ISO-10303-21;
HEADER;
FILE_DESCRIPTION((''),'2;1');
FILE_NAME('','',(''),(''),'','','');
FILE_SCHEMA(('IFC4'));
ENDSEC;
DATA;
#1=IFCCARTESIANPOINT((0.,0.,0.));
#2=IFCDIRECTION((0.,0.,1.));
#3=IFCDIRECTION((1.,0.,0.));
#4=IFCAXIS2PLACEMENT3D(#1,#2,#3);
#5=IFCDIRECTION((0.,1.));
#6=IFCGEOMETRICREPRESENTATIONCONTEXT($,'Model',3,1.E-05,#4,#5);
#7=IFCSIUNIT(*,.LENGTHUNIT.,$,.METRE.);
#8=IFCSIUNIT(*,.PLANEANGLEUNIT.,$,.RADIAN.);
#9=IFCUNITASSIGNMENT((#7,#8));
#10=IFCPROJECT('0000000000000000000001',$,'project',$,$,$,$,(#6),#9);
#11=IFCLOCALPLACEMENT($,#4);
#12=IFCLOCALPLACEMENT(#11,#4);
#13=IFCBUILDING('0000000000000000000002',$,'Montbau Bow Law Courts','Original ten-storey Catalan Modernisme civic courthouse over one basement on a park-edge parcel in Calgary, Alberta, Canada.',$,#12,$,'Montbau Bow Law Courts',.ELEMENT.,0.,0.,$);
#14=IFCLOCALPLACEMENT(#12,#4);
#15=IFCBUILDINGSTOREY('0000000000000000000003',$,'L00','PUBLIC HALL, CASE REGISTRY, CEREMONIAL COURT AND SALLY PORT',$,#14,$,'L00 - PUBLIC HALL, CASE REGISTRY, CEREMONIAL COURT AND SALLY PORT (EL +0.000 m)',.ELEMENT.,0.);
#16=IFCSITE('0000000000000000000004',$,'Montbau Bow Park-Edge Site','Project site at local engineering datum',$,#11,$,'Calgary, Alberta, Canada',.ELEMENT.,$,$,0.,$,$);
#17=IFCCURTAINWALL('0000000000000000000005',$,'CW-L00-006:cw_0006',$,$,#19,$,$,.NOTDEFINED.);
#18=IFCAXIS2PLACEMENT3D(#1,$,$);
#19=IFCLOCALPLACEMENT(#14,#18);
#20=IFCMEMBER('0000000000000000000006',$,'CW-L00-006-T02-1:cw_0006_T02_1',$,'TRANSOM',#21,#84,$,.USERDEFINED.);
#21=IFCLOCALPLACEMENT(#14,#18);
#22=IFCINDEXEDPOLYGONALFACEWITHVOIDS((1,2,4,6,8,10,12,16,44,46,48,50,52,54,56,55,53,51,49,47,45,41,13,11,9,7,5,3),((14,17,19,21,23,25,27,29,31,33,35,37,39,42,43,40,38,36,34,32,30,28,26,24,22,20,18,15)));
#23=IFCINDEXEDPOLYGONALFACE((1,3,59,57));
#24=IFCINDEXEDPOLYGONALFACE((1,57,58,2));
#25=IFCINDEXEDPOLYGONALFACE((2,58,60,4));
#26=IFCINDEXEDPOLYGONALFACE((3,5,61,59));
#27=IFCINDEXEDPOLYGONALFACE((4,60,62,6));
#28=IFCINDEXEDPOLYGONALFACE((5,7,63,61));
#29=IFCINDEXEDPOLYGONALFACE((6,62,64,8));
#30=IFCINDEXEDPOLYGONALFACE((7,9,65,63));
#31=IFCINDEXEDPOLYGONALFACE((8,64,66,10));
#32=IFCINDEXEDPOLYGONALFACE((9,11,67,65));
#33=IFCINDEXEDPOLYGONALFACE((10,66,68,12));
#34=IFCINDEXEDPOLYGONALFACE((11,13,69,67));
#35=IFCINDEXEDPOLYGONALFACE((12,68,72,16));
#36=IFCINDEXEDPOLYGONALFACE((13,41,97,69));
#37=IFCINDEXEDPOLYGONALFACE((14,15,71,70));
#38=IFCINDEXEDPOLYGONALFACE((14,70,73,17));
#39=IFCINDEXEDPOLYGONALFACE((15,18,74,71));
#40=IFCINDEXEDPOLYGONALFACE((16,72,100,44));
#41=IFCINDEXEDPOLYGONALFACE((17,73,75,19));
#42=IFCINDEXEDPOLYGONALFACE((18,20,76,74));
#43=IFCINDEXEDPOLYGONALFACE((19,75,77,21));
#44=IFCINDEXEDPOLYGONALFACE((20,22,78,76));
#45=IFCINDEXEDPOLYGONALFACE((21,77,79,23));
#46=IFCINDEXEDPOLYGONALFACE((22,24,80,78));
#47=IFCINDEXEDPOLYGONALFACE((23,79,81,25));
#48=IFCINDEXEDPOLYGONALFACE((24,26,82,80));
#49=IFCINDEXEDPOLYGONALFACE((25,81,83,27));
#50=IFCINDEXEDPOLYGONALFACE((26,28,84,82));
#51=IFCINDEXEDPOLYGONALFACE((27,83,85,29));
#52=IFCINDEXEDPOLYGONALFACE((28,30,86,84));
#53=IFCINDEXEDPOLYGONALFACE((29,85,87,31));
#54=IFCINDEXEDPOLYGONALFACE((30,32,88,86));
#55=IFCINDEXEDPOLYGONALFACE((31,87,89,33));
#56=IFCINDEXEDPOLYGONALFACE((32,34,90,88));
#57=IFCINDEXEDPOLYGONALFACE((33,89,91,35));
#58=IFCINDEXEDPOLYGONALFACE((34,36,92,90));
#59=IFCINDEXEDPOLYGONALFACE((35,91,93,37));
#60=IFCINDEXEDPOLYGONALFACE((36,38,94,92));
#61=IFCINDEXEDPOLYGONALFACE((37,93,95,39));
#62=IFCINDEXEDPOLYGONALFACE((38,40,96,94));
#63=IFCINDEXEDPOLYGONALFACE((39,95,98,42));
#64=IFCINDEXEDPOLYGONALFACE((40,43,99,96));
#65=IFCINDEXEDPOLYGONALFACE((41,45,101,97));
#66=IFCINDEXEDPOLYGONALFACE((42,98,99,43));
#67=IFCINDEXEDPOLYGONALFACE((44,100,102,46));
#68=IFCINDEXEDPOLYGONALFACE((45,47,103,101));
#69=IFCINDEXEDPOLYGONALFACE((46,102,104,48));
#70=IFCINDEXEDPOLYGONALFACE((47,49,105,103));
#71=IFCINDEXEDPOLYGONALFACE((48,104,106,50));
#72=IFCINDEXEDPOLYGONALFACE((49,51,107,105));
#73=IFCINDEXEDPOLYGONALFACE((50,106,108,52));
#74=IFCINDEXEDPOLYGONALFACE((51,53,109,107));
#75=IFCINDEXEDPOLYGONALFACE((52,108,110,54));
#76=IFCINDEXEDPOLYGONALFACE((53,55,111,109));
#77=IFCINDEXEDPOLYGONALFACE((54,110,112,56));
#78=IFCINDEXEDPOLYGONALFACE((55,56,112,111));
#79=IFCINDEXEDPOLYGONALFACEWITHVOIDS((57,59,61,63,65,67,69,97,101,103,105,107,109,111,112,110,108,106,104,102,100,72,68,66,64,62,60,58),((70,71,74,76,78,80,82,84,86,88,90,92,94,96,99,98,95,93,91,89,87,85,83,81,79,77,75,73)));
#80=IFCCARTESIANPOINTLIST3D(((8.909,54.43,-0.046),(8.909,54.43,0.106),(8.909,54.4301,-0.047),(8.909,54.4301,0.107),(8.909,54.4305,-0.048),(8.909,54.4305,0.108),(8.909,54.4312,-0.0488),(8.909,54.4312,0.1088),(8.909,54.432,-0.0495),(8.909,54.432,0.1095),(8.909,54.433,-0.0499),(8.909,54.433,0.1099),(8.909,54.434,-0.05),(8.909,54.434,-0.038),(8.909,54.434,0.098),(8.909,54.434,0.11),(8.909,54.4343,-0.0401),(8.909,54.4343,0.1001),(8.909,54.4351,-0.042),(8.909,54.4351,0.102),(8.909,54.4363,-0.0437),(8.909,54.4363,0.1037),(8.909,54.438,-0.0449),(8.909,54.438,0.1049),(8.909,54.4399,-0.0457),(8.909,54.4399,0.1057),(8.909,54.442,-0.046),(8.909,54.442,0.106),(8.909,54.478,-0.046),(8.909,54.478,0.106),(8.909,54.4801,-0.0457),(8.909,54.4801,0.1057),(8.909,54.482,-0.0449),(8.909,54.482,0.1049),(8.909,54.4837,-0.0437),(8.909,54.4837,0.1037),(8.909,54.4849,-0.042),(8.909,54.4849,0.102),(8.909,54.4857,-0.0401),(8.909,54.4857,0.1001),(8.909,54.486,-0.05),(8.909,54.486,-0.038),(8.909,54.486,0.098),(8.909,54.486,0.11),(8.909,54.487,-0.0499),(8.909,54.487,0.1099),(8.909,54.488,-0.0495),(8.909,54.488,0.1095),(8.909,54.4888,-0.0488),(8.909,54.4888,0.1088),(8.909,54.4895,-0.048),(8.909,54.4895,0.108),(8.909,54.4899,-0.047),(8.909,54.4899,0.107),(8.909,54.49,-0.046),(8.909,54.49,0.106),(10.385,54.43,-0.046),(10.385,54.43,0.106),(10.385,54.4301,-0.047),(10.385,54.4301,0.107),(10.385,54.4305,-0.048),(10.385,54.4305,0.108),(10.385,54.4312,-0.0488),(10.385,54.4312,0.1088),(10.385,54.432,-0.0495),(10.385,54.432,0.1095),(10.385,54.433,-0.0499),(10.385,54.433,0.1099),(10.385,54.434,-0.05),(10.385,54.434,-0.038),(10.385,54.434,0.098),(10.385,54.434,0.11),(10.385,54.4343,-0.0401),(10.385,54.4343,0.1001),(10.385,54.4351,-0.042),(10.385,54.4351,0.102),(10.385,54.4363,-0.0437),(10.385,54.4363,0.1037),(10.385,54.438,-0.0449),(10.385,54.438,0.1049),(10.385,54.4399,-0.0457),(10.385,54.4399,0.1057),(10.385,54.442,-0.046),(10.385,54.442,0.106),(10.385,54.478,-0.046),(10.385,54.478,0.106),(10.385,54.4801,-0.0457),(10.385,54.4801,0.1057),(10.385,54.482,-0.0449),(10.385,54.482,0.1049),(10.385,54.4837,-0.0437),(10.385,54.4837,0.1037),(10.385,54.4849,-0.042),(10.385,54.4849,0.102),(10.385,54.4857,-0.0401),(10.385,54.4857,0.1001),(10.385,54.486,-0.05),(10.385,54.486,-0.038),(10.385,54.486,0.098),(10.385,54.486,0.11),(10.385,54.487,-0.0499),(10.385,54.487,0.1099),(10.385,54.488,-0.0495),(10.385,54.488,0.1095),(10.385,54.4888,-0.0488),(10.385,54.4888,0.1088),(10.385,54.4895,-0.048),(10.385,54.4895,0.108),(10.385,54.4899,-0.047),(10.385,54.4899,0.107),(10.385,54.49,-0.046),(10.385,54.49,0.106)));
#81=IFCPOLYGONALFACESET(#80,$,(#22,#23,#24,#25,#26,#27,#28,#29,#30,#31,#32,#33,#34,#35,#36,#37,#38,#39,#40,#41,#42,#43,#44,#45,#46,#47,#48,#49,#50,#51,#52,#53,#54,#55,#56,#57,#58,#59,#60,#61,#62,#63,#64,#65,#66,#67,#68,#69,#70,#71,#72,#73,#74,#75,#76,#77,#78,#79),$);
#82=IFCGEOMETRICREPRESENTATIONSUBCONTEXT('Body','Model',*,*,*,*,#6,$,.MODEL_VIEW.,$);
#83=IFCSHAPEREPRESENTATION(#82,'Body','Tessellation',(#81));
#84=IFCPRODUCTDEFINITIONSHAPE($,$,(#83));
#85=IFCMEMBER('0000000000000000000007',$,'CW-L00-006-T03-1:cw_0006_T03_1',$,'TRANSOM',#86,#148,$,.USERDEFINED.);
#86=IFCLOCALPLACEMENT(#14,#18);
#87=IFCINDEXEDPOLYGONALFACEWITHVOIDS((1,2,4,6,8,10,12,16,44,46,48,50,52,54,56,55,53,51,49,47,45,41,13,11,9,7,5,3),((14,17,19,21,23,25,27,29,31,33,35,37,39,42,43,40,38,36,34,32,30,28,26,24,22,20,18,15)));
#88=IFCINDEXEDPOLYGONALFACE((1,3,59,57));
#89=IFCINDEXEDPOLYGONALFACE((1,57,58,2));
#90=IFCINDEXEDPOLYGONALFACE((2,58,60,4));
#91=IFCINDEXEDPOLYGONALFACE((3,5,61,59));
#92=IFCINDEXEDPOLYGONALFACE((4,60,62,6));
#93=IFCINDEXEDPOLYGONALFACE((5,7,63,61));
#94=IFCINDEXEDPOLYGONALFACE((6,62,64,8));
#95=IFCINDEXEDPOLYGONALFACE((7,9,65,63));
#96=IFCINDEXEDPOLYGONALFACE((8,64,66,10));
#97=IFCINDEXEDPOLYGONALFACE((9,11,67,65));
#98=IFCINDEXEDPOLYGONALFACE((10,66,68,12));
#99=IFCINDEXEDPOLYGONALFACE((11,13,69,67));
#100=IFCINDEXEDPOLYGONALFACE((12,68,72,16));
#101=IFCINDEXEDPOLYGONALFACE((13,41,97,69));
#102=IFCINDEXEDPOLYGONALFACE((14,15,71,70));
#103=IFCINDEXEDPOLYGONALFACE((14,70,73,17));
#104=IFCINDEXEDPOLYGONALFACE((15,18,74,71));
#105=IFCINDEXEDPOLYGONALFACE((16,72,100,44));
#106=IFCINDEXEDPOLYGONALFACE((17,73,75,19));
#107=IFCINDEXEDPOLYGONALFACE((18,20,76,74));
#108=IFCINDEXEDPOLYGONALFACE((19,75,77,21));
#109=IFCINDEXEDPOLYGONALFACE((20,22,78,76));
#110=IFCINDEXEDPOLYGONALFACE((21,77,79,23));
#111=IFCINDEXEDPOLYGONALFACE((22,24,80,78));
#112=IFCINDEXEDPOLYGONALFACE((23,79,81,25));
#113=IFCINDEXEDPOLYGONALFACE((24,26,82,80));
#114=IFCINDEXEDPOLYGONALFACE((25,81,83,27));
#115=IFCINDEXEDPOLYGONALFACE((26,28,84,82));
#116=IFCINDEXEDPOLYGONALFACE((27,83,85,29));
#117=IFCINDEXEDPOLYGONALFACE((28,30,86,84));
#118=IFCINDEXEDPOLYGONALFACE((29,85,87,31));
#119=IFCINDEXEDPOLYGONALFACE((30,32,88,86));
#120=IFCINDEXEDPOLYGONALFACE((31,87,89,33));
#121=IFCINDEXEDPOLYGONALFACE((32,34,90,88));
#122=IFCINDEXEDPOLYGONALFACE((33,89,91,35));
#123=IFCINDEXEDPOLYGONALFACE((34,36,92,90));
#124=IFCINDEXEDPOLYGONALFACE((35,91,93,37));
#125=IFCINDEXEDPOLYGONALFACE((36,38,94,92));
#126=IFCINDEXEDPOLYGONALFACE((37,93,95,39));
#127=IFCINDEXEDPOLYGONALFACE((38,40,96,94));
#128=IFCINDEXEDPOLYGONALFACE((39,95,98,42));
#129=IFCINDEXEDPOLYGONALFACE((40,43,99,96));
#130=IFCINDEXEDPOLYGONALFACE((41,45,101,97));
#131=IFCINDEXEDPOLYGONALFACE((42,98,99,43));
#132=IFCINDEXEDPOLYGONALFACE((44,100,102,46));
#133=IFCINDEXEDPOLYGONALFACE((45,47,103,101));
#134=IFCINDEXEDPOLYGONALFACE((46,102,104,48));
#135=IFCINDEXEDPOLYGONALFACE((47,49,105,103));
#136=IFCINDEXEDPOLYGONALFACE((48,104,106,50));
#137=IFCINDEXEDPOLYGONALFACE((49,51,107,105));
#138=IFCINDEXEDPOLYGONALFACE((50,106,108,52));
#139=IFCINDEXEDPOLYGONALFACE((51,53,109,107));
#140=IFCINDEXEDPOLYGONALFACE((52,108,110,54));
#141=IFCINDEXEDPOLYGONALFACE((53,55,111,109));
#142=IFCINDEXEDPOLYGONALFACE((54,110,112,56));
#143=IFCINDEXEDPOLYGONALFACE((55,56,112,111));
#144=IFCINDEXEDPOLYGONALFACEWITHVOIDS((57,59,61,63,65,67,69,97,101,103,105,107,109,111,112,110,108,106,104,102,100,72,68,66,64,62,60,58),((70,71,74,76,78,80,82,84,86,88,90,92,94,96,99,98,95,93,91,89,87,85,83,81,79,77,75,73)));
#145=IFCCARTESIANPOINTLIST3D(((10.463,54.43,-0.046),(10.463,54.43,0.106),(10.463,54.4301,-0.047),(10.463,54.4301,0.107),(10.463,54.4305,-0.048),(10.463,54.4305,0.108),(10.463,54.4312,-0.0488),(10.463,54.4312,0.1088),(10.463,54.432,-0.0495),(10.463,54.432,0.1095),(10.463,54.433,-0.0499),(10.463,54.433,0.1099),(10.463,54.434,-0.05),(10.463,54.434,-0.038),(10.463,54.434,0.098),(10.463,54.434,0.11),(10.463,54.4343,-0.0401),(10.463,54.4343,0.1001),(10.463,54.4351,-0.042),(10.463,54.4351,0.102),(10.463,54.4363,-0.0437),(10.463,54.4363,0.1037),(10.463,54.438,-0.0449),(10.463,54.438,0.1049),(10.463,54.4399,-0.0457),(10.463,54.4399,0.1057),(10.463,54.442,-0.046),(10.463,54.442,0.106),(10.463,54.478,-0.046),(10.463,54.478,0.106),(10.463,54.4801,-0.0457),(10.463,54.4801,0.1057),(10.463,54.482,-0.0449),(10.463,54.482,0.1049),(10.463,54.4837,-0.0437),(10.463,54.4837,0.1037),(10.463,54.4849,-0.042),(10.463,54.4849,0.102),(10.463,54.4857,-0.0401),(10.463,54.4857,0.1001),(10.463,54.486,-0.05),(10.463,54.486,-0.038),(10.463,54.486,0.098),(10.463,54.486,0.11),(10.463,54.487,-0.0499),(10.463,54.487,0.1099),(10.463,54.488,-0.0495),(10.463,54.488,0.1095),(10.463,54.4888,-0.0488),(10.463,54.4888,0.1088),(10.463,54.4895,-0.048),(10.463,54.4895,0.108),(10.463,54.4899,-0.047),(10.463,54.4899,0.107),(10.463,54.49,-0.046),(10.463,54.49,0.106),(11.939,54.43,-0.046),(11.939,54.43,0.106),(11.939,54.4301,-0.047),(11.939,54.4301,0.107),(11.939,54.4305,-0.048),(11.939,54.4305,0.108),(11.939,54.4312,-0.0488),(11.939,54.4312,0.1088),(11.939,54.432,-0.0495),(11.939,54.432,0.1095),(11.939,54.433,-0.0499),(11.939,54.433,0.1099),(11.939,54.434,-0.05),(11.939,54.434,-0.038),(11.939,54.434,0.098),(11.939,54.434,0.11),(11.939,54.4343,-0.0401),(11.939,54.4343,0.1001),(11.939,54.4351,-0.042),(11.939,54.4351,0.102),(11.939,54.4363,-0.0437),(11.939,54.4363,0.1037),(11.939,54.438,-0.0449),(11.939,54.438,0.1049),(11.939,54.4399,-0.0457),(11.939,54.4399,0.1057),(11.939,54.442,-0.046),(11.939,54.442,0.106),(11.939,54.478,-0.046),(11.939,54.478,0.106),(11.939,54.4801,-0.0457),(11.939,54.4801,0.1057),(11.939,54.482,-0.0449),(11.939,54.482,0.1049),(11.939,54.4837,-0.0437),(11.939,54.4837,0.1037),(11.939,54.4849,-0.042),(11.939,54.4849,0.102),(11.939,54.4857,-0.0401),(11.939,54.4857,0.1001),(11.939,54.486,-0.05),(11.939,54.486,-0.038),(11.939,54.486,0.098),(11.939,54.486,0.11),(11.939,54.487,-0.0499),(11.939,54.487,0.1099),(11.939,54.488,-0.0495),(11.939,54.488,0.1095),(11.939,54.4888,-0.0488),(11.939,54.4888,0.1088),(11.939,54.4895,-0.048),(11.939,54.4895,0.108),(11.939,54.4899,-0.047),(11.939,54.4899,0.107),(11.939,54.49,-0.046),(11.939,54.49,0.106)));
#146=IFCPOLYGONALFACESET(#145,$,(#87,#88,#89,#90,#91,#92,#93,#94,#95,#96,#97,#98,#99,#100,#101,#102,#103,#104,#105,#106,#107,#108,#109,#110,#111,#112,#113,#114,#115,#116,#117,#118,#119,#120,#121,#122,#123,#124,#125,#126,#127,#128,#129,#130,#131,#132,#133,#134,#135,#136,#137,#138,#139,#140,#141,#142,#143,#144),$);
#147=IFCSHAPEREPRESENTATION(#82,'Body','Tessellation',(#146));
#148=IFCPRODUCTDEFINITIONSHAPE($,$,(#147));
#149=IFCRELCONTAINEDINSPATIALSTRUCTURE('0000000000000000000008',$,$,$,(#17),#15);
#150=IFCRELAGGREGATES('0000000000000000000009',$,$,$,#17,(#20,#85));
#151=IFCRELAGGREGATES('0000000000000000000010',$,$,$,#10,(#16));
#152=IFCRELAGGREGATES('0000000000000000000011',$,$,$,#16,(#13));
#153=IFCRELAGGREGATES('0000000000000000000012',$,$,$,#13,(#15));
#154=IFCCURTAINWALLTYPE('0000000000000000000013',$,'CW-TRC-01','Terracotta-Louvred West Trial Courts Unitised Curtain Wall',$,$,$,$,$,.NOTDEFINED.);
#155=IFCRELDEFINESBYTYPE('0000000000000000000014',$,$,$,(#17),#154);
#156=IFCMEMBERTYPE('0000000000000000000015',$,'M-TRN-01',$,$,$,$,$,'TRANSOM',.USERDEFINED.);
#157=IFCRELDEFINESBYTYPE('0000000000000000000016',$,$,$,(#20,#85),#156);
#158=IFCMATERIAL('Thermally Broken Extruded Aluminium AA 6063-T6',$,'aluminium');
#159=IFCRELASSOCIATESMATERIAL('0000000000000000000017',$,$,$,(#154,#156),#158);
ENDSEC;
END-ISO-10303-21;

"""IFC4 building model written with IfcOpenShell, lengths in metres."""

from ifc_helpers import new_model, si_unit, direction, frame, origin_with_axes, origin_2d_with_axis, place, context, subcontext, project, spatial, hollow_rectangle, extrude, material, material_profile, profile_set, type_object, element, aggregate, save


model = new_model("IFC4")

# Units and contexts
model_context = context("Model", 3, precision=1e-05, world=origin_with_axes(), true_north=direction((0.0, 1.0)))
body_context = subcontext(model_context, "Body", "Model", "MODEL_VIEW")
ifc_project = project(units=[si_unit("LENGTHUNIT", "METRE"), si_unit("PLANEANGLEUNIT", "RADIAN")], contexts=[model_context])

# Site, building, storey
site_placement = place(None, origin_with_axes())
site = spatial("IfcSite", under=ifc_project, at=site_placement, Name="Montbau Bow Park-Edge Site", Description="Project site at local engineering datum", LongName="Calgary, Alberta, Canada", CompositionType="ELEMENT", RefElevation=0.0)
building_placement = place(site_placement, origin_with_axes())
building = spatial("IfcBuilding", under=site, at=building_placement, Name="Montbau Bow Law Courts", Description="Original ten-storey Catalan Modernisme civic courthouse over one basement on a park-edge parcel in Calgary, Alberta, Canada.", LongName="Montbau Bow Law Courts", CompositionType="ELEMENT", ElevationOfRefHeight=0.0, ElevationOfTerrain=0.0)
storey_placement = place(building_placement, origin_with_axes())
storey = spatial("IfcBuildingStorey", under=building, at=storey_placement, Name="L00", Description="PUBLIC HALL, CASE REGISTRY, CEREMONIAL COURT AND SALLY PORT", LongName="L00 - PUBLIC HALL, CASE REGISTRY, CEREMONIAL COURT AND SALLY PORT (EL +0.000 m)", CompositionType="ELEMENT", Elevation=0.0)

# Curtain wall
ifc_material_1 = material(Name="Thermally Broken Extruded Aluminium AA 6063-T6", Category="aluminium")
curtain_wall_type = type_object("IfcCurtainWallType", Name="CW-TRC-01", Description="Terracotta-Louvred West Trial Courts Unitised Curtain Wall", PredefinedType="NOTDEFINED", material=ifc_material_1)
curtain_wall_1_placement = place(None, frame((7.315, 54.46, 0.0), z_axis=(0.0, 0.0, 1.0), x_axis=(1.0, 0.0, 0.0)))
curtain_wall_1 = element("IfcCurtainWall", 1, at=curtain_wall_1_placement, inside=storey, type_object=curtain_wall_type, Name="CW-L00-006:cw_0006", PredefinedType="NOTDEFINED")

# Members
ifc_material_profile_1 = material_profile(ifc_material_1, hollow_rectangle(XDim=0.06, YDim=0.16, WallThickness=0.004, InnerFilletRadius=0.008, OuterFilletRadius=0.004, at=origin_2d_with_axis()), Name="CWT-160X60", Category="Main", Priority=0)
ifc_profile_set_1 = profile_set([ifc_material_profile_1], Name="Thermally Broken Extruded Aluminium AA 6063-T6")
member_type_1 = type_object("IfcMemberType", Name="M-TRN-01", ElementType="TRANSOM", PredefinedType="USERDEFINED", material=ifc_profile_set_1)
member_1_placement = place(None, frame((8.909, 54.46, 0.03), z_axis=(1.0, 0.0, 0.0), x_axis=(0.0, 1.0, 0.0)))
member_1 = element("IfcMember", 2, at=member_1_placement, type_object=member_type_1, Name="CW-L00-006-T02-1:cw_0006_T02_1", ObjectType="TRANSOM", PredefinedType="USERDEFINED", context=body_context, shape_type="SweptSolid", body=[
    extrude(hollow_rectangle(XDim=0.06, YDim=0.16, WallThickness=0.004, InnerFilletRadius=0.008, OuterFilletRadius=0.004, at=origin_2d_with_axis()), origin_with_axes(), (0.0, 0.0, 1.0), 1.476),
])
member_2_placement = place(None, frame((10.463, 54.46, 0.03), z_axis=(1.0, 0.0, 0.0), x_axis=(0.0, 1.0, 0.0)))
member_2 = element("IfcMember", 3, at=member_2_placement, type_object=member_type_1, Name="CW-L00-006-T03-1:cw_0006_T03_1", ObjectType="TRANSOM", PredefinedType="USERDEFINED", context=body_context, shape_type="SweptSolid", body=[
    extrude(hollow_rectangle(XDim=0.06, YDim=0.16, WallThickness=0.004, InnerFilletRadius=0.008, OuterFilletRadius=0.004, at=origin_2d_with_axis()), origin_with_axes(), (0.0, 0.0, 1.0), 1.476),
])
aggregate(curtain_wall_1, [member_1, member_2])

save(model, "model.ifc")
